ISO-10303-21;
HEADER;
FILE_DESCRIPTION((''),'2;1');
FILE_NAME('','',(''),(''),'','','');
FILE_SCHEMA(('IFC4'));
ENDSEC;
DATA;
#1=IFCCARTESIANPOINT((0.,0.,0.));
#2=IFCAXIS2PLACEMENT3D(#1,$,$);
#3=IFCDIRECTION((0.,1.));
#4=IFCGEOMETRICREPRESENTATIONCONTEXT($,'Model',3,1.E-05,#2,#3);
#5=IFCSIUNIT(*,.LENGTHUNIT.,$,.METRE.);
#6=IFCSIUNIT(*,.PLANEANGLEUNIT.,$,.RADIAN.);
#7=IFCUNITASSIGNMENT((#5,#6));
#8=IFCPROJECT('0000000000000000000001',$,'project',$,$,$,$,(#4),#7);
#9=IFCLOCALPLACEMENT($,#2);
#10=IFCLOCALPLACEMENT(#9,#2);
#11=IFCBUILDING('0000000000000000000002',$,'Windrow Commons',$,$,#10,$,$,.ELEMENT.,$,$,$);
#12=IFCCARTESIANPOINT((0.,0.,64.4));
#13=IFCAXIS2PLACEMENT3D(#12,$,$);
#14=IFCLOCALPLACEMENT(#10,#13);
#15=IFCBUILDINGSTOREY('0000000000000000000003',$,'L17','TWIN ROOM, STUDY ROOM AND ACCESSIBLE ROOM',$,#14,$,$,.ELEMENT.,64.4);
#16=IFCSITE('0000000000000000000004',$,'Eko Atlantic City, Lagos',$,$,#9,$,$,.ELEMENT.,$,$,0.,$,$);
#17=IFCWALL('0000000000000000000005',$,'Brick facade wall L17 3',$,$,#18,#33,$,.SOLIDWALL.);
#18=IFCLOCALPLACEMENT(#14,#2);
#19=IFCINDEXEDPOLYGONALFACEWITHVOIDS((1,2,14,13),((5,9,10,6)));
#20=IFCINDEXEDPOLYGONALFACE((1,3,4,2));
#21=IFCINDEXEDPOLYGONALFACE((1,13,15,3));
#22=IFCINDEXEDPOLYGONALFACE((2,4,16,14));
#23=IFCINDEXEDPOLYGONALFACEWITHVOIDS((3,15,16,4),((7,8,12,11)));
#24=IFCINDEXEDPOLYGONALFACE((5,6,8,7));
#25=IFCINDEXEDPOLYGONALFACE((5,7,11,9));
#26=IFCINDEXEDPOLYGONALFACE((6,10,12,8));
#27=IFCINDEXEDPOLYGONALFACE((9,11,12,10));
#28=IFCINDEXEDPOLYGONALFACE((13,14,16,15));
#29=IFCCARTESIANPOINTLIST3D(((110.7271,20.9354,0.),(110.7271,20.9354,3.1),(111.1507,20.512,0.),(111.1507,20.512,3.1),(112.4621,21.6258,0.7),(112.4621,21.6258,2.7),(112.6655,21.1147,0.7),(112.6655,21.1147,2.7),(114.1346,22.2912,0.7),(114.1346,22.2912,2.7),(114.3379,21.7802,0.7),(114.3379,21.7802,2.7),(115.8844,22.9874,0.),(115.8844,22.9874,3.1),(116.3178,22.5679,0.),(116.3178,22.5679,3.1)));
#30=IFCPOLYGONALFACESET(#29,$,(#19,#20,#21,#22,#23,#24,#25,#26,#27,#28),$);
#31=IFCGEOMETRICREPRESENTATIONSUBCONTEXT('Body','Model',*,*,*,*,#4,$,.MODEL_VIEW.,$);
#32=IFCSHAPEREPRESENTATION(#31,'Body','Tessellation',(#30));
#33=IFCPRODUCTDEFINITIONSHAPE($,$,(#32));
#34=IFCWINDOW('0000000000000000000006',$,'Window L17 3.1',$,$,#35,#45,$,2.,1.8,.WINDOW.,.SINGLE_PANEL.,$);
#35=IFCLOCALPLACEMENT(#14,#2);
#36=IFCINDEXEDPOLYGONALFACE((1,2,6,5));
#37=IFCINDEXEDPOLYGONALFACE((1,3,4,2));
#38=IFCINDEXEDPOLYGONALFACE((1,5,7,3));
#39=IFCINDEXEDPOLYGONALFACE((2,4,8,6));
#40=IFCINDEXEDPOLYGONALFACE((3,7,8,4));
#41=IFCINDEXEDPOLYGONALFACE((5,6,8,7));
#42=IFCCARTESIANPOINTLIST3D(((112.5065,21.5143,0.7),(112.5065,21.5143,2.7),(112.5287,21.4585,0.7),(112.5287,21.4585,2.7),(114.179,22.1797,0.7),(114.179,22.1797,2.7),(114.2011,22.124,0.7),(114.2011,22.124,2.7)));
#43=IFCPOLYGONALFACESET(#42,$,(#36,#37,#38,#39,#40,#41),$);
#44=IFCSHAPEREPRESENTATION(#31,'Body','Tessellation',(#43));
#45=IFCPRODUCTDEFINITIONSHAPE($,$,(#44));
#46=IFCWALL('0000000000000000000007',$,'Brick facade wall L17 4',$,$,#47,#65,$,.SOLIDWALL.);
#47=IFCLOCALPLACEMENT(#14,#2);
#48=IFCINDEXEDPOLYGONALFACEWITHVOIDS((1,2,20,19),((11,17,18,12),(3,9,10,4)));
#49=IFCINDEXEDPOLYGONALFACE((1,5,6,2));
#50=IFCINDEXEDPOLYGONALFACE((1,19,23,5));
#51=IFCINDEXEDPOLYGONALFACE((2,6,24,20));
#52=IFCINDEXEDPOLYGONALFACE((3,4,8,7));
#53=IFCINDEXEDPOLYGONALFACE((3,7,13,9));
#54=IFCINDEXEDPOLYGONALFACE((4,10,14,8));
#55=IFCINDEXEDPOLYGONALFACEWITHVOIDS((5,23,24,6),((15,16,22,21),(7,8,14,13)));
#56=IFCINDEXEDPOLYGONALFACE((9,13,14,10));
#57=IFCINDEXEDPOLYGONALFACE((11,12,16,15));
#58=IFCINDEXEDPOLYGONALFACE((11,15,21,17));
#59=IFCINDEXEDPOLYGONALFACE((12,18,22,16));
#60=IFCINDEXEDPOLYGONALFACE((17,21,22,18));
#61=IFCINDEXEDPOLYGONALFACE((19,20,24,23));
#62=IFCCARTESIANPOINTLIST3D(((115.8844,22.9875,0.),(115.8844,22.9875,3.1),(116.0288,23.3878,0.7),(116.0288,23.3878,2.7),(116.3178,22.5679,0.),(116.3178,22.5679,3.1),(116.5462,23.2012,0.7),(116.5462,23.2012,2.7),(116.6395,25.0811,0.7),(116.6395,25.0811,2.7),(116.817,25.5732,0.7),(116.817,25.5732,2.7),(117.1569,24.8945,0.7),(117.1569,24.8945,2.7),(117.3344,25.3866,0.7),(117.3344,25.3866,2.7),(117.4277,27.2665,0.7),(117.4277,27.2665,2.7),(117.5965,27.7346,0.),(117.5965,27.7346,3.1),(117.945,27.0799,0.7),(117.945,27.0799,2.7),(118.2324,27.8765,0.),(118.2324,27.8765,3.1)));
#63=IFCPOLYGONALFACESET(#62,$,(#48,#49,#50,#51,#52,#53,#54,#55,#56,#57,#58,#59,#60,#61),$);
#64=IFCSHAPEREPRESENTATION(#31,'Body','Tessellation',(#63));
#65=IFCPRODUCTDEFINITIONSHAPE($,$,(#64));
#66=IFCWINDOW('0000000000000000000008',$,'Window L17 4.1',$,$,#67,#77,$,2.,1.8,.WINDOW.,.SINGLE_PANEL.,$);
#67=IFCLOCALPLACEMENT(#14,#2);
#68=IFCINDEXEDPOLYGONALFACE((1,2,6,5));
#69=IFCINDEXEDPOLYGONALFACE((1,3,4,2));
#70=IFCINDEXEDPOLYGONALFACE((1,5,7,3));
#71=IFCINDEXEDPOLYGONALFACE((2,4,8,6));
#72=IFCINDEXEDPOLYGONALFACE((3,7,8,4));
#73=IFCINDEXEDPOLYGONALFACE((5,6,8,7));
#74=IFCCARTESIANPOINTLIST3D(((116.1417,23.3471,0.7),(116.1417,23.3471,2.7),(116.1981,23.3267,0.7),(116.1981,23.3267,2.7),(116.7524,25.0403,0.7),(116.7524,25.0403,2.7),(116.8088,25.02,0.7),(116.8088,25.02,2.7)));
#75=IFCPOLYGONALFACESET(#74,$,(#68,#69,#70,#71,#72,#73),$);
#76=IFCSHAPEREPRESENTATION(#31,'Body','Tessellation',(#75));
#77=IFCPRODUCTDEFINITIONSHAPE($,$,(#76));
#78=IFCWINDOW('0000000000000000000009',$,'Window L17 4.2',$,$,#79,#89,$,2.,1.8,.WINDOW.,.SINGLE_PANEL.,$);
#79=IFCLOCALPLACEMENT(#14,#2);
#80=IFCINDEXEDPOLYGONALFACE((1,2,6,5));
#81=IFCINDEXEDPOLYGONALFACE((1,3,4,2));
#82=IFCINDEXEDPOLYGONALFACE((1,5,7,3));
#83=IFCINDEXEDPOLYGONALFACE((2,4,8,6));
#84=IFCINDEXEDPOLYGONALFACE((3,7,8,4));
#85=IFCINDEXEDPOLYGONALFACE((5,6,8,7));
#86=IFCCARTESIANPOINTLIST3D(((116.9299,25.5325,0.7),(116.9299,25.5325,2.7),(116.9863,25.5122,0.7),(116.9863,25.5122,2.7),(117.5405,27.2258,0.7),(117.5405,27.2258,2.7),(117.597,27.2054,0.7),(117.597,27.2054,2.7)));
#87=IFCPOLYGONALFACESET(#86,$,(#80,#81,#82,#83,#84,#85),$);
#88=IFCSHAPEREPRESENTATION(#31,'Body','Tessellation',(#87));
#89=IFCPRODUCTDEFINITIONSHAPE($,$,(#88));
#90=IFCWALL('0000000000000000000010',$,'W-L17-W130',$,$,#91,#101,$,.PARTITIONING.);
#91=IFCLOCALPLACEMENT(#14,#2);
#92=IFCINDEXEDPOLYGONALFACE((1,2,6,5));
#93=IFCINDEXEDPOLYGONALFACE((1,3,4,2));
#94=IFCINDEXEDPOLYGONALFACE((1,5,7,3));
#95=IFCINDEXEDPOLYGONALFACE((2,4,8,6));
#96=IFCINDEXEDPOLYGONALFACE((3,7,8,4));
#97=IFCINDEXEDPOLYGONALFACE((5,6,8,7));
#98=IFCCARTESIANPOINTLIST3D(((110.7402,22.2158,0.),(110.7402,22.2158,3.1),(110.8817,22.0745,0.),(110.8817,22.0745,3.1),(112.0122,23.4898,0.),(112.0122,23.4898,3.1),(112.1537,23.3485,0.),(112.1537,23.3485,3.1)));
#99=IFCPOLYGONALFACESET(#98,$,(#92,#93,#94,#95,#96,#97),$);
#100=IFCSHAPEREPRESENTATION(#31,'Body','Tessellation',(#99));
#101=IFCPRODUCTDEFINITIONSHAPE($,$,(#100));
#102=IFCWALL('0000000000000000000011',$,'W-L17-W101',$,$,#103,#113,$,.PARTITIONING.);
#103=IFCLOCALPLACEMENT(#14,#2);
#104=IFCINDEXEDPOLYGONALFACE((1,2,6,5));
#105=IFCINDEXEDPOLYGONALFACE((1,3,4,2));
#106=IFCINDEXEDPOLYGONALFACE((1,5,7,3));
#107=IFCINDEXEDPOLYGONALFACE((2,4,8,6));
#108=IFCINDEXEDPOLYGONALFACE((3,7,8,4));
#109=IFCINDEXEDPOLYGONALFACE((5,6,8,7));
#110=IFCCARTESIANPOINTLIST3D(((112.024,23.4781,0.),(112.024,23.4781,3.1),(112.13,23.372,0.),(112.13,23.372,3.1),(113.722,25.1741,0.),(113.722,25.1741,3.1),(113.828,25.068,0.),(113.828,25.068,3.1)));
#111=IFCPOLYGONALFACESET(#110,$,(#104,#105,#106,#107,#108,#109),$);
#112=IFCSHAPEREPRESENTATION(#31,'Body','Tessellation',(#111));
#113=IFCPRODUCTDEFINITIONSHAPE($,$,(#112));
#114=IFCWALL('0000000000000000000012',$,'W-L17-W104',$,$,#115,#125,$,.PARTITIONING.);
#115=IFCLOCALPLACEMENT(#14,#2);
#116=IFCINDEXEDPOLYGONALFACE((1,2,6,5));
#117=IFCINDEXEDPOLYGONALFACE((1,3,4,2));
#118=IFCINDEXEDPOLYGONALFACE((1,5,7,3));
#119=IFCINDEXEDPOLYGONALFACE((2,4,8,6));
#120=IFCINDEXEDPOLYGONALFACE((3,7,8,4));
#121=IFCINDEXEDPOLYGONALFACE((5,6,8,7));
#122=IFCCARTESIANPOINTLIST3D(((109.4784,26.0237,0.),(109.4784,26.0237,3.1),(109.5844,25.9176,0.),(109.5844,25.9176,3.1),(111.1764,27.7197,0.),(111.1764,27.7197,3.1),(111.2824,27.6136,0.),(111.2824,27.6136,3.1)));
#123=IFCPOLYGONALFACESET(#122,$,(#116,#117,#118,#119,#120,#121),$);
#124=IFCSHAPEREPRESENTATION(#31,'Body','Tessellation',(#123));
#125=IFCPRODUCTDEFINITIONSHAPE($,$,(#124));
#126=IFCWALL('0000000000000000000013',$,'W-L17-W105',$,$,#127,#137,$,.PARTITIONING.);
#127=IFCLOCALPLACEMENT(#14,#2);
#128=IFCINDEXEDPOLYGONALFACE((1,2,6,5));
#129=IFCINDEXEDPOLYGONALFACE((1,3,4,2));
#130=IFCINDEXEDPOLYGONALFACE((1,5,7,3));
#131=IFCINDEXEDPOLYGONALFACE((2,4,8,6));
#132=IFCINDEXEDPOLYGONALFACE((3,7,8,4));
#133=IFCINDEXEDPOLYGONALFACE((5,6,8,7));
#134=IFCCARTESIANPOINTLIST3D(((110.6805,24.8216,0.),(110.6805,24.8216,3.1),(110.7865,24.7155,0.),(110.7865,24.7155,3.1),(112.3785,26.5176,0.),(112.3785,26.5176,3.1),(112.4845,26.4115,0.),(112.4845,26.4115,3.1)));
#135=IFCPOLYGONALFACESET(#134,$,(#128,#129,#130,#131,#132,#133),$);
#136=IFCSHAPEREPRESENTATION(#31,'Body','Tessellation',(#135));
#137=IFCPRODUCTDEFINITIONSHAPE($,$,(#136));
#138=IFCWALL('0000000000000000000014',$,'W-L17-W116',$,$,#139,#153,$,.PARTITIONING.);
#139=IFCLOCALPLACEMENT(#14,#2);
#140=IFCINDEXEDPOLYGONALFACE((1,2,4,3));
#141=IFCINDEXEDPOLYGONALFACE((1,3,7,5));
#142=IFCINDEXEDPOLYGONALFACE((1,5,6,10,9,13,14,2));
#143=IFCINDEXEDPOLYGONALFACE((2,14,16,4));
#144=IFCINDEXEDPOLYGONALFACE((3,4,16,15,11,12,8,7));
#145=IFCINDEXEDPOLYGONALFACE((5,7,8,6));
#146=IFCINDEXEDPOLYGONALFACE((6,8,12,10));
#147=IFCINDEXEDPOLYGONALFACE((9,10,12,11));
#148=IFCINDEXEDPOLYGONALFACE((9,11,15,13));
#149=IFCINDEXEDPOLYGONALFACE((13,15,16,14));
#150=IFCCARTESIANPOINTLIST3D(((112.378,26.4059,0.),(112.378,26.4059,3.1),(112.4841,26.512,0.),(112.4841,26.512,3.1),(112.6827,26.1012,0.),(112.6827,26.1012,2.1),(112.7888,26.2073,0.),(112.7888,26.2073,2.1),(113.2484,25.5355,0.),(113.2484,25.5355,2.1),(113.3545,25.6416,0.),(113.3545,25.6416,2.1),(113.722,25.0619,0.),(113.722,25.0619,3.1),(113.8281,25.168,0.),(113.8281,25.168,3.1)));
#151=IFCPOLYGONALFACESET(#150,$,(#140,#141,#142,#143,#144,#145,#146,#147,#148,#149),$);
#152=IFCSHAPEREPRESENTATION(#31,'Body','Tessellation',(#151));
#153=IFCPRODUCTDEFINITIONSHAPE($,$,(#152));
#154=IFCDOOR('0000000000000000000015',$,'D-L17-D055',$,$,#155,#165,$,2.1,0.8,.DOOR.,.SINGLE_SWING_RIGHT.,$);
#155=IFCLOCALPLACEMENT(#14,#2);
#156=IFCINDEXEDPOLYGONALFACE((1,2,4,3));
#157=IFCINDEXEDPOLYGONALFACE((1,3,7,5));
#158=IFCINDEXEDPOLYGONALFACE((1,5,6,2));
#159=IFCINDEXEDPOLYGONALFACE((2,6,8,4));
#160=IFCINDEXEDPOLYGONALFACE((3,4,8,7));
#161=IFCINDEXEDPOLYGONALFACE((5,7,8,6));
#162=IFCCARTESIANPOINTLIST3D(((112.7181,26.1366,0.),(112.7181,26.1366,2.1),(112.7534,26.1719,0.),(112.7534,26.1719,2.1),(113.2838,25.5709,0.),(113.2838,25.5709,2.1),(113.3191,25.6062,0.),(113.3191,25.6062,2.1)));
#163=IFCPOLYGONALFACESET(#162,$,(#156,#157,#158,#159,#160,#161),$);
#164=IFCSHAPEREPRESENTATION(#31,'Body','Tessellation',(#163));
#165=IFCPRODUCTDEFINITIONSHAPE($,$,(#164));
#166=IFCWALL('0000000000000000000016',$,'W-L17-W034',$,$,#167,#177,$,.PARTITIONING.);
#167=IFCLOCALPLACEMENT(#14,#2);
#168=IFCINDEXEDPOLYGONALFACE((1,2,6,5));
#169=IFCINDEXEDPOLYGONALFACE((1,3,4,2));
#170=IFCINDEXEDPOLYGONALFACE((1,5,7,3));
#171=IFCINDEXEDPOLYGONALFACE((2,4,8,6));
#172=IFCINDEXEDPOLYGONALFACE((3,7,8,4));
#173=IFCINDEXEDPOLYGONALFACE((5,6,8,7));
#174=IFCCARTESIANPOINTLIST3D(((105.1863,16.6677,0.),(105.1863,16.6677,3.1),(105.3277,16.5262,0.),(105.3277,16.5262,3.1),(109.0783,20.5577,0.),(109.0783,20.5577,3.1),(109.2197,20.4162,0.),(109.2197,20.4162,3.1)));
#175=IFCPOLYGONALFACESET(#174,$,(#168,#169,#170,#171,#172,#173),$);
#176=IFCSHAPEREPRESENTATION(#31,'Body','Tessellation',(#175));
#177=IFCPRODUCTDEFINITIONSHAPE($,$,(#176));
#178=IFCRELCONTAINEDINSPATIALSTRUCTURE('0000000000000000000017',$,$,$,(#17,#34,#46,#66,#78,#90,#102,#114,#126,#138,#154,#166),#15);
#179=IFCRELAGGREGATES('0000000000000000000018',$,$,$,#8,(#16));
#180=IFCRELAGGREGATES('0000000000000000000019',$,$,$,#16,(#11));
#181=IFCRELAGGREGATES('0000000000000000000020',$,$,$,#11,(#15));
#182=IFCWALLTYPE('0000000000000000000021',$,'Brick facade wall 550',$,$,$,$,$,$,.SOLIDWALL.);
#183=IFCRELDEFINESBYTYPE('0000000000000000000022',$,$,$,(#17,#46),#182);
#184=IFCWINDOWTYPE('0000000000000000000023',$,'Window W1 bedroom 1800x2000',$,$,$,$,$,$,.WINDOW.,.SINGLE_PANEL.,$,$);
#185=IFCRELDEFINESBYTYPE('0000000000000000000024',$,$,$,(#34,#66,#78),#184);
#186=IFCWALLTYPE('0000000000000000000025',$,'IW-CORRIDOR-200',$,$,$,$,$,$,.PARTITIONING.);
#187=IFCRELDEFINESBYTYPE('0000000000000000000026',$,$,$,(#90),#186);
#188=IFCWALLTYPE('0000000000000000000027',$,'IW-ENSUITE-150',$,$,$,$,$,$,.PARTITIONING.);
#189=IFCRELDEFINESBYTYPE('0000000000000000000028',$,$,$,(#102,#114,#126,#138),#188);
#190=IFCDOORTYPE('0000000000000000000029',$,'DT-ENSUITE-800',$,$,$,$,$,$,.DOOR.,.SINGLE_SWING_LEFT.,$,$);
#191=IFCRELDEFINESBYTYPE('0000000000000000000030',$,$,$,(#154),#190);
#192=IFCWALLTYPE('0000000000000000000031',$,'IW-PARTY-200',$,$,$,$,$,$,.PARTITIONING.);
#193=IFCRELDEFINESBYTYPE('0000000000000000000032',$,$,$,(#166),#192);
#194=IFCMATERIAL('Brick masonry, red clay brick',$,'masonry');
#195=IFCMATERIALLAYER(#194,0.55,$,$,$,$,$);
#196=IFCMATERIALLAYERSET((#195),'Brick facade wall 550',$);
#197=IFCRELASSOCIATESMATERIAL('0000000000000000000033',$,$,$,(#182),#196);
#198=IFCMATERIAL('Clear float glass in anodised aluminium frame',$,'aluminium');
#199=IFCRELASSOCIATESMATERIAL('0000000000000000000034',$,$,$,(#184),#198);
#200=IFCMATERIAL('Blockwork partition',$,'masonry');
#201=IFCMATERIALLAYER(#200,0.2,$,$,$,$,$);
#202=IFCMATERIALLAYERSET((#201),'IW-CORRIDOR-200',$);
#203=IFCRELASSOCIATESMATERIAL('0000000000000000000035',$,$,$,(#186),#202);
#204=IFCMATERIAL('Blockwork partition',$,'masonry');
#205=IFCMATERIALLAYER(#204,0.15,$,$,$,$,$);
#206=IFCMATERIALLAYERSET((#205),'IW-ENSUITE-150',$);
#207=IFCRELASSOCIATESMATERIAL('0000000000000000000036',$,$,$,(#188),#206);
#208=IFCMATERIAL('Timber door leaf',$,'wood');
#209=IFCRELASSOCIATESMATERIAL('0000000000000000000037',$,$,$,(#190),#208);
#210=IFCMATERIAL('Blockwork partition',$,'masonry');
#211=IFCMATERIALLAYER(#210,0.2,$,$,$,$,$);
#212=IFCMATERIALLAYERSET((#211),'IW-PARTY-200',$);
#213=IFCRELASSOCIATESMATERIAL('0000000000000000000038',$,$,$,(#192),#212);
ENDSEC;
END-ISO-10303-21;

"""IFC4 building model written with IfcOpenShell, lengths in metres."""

from ifc_helpers import new_model, si_unit, direction, frame, frame_2d, origin, place, context, subcontext, project, spatial, polyline, rectangle, outline, extrude, material, layer, layer_set, type_object, element, fill, save


model = new_model("IFC4")

# Units and contexts
model_context = context("Model", 3, precision=1e-05, world=origin(), true_north=direction((0.0, 1.0)))
body_context = subcontext(model_context, "Body", "Model", "MODEL_VIEW")
ifc_project = project(units=[si_unit("LENGTHUNIT", "METRE"), si_unit("PLANEANGLEUNIT", "RADIAN")], contexts=[model_context])

# Site, building, storey
site_placement = place(None, origin())
site = spatial("IfcSite", under=ifc_project, at=site_placement, Name="Eko Atlantic City, Lagos", CompositionType="ELEMENT", RefElevation=0.0)
building_placement = place(site_placement, origin())
building = spatial("IfcBuilding", under=site, at=building_placement, Name="Windrow Commons", CompositionType="ELEMENT")
storey_placement = place(building_placement, frame((0.0, 0.0, 64.4)))
storey = spatial("IfcBuildingStorey", under=building, at=storey_placement, Name="L17", Description="TWIN ROOM, STUDY ROOM AND ACCESSIBLE ROOM", CompositionType="ELEMENT", Elevation=64.4)

# Shared definitions
ifc_material_1 = material(Name="Brick masonry, red clay brick", Category="masonry")
ifc_layer_1 = layer(ifc_material_1, 0.55)
ifc_layer_set_1 = layer_set([ifc_layer_1], Name="Brick facade wall 550")
wall_type_1 = type_object("IfcWallType", Name="Brick facade wall 550", PredefinedType="SOLIDWALL", material=ifc_layer_set_1)

# Wall, opening, window
wall_1_placement = place(storey_placement, frame((110.9389, 20.7237, 0.0), z_axis=(0.0, 0.0, 1.0), x_axis=(0.92915, 0.369702, 0.0)))
wall_1 = element("IfcWall", 1, at=wall_1_placement, inside=storey, type_object=wall_type_1, Name="Brick facade wall L17 3", PredefinedType="SOLIDWALL", context=body_context, shape_type="SweptSolid", body=[
    extrude(outline(polyline([(0.1185, -0.275), (5.6796, -0.275), (5.432, 0.275), (-0.1185, 0.275), (0.1185, -0.275)])), origin(), (0.0, 0.0, 1.0), 3.1),
])
opening_1_placement = place(wall_1_placement, frame((1.7488, 0.0, 0.7)))
opening_1 = element("IfcOpeningElement", 2, at=opening_1_placement, cuts=wall_1, PredefinedType="OPENING", context=body_context, shape_type="SweptSolid", body=[
    extrude(rectangle(XDim=1.8, YDim=2.0, at=frame_2d((0.9, 1.0))), frame((0.0, 0.285, 0.0), z_axis=(0.0, -1.0, 0.0), x_axis=(1.0, 0.0, 0.0)), (0.0, 0.0, 1.0), 0.57),
])
ifc_material_2 = material(Name="Clear float glass in anodised aluminium frame", Category="aluminium")
window_type_1 = type_object("IfcWindowType", Name="Window W1 bedroom 1800x2000", PartitioningType="SINGLE_PANEL", PredefinedType="WINDOW", material=ifc_material_2)
window_1_placement = place(opening_1_placement, origin())
window_1 = element("IfcWindow", 3, at=window_1_placement, inside=storey, type_object=window_type_1, Name="Window L17 3.1", OverallHeight=2.0, OverallWidth=1.8, PartitioningType="SINGLE_PANEL", PredefinedType="WINDOW", context=body_context, shape_type="SweptSolid", body=[
    extrude(rectangle(XDim=1.8, YDim=2.0, at=frame_2d((0.9, 1.0))), frame((0.0, 0.155, 0.0), z_axis=(0.0, -1.0, 0.0), x_axis=(1.0, 0.0, 0.0)), (0.0, 0.0, 1.0), 0.06),
])
fill(opening_1, window_1)

# Wall, openings, windows
wall_2_placement = place(storey_placement, frame((116.1011, 22.7777, 0.0), z_axis=(0.0, 0.0, 1.0), x_axis=(0.339265, 0.940691, 0.0)))
wall_2 = element("IfcWall", 4, at=wall_2_placement, inside=storey, type_object=wall_type_1, Name="Brick facade wall L17 4", PredefinedType="SOLIDWALL", context=body_context, shape_type="SweptSolid", body=[
    extrude(outline(polyline([(-0.1238, -0.275), (5.5195, -0.275), (5.1702, 0.275), (0.1238, 0.275), (-0.1238, -0.275)])), origin(), (0.0, 0.0, 1.0), 3.1),
])
opening_2_placement = place(wall_2_placement, frame((0.5494, 0.0, 0.7)))
opening_2 = element("IfcOpeningElement", 5, at=opening_2_placement, cuts=wall_2, PredefinedType="OPENING", context=body_context, shape_type="SweptSolid", body=[
    extrude(rectangle(XDim=1.8, YDim=2.0, at=frame_2d((0.9, 1.0))), frame((0.0, 0.285, 0.0), z_axis=(0.0, -1.0, 0.0), x_axis=(1.0, 0.0, 0.0)), (0.0, 0.0, 1.0), 0.57),
])
opening_3_placement = place(wall_2_placement, frame((2.8726, 0.0, 0.7)))
opening_3 = element("IfcOpeningElement", 6, at=opening_3_placement, cuts=wall_2, PredefinedType="OPENING", context=body_context, shape_type="SweptSolid", body=[
    extrude(rectangle(XDim=1.8, YDim=2.0, at=frame_2d((0.9, 1.0))), frame((0.0, 0.285, 0.0), z_axis=(0.0, -1.0, 0.0), x_axis=(1.0, 0.0, 0.0)), (0.0, 0.0, 1.0), 0.57),
])
window_2_placement = place(opening_2_placement, origin())
window_2 = element("IfcWindow", 7, at=window_2_placement, inside=storey, type_object=window_type_1, Name="Window L17 4.1", OverallHeight=2.0, OverallWidth=1.8, PartitioningType="SINGLE_PANEL", PredefinedType="WINDOW", context=body_context, shape_type="SweptSolid", body=[
    extrude(rectangle(XDim=1.8, YDim=2.0, at=frame_2d((0.9, 1.0))), frame((0.0, 0.155, 0.0), z_axis=(0.0, -1.0, 0.0), x_axis=(1.0, 0.0, 0.0)), (0.0, 0.0, 1.0), 0.06),
])
fill(opening_2, window_2)
window_3_placement = place(opening_3_placement, origin())
window_3 = element("IfcWindow", 8, at=window_3_placement, inside=storey, type_object=window_type_1, Name="Window L17 4.2", OverallHeight=2.0, OverallWidth=1.8, PartitioningType="SINGLE_PANEL", PredefinedType="WINDOW", context=body_context, shape_type="SweptSolid", body=[
    extrude(rectangle(XDim=1.8, YDim=2.0, at=frame_2d((0.9, 1.0))), frame((0.0, 0.155, 0.0), z_axis=(0.0, -1.0, 0.0), x_axis=(1.0, 0.0, 0.0)), (0.0, 0.0, 1.0), 0.06),
])
fill(opening_3, window_3)

# Walls
ifc_material_3 = material(Name="Blockwork partition", Category="masonry")
ifc_layer_2 = layer(ifc_material_3, 0.2)
ifc_layer_set_2 = layer_set([ifc_layer_2], Name="IW-CORRIDOR-200")
wall_type_2 = type_object("IfcWallType", Name="IW-CORRIDOR-200", PredefinedType="PARTITIONING", material=ifc_layer_set_2)
wall_3_placement = place(storey_placement, frame((110.8109, 22.1451, 0.0), z_axis=(0.0, 0.0, 1.0), x_axis=(0.706551, 0.707662, 0.0)))
element("IfcWall", 9, at=wall_3_placement, inside=storey, type_object=wall_type_2, Name="W-L17-W130", PredefinedType="PARTITIONING", context=body_context, shape_type="SweptSolid", body=[
    extrude(rectangle(XDim=1.8003, YDim=0.2, at=frame_2d((0.9002, 0.0))), origin(), (0.0, 0.0, 1.0), 3.1),
])
ifc_material_4 = material(Name="Blockwork partition", Category="masonry")
ifc_layer_3 = layer(ifc_material_4, 0.15)
ifc_layer_set_3 = layer_set([ifc_layer_3], Name="IW-ENSUITE-150")
wall_type_3 = type_object("IfcWallType", Name="IW-ENSUITE-150", PredefinedType="PARTITIONING", material=ifc_layer_set_3)
for number, where, z_axis, x_axis, name in (
    (10, (112.077, 23.425, 0.0), (0.0, 0.0, 1.0), (0.707523, 0.70669, 0.0), "W-L17-W101"),
    (11, (109.5314, 25.9706, 0.0), (0.0, 0.0, 1.0), (0.707523, 0.70669, 0.0), "W-L17-W104"),
    (12, (110.7335, 24.7685, 0.0), (0.0, 0.0, 1.0), (0.707523, 0.70669, 0.0), "W-L17-W105"),
):
    element("IfcWall", number, at=place(storey_placement, frame(where, z_axis=z_axis, x_axis=x_axis)), inside=storey, type_object=wall_type_3, Name=name, PredefinedType="PARTITIONING", context=body_context, shape_type="SweptSolid", body=[
        extrude(rectangle(XDim=2.3999, YDim=0.15, at=frame_2d((1.2, 0.0))), origin(), (0.0, 0.0, 1.0), 3.1),
    ])

# Wall, opening, door
wall_4_placement = place(storey_placement, frame((112.431, 26.459, 0.0), z_axis=(0.0, 0.0, 1.0), x_axis=(0.707107, -0.707107, 0.0)))
wall_4 = element("IfcWall", 13, at=wall_4_placement, inside=storey, type_object=wall_type_3, Name="W-L17-W116", PredefinedType="PARTITIONING", context=body_context, shape_type="SweptSolid", body=[
    extrude(rectangle(XDim=1.9007, YDim=0.15, at=frame_2d((0.9504, 0.0))), origin(), (0.0, 0.0, 1.0), 3.1),
])
opening_4_placement = place(wall_4_placement, frame((0.431, 0.0, 0.0)))
opening_4 = element("IfcOpeningElement", 14, at=opening_4_placement, cuts=wall_4, PredefinedType="OPENING", context=body_context, shape_type="SweptSolid", body=[
    extrude(rectangle(XDim=0.8, YDim=2.1, at=frame_2d((0.4, 1.05))), frame((0.0, 0.085, 0.0), z_axis=(0.0, -1.0, 0.0), x_axis=(1.0, 0.0, 0.0)), (0.0, 0.0, 1.0), 0.17),
])
ifc_material_5 = material(Name="Timber door leaf", Category="wood")
door_type = type_object("IfcDoorType", Name="DT-ENSUITE-800", OperationType="SINGLE_SWING_LEFT", PredefinedType="DOOR", material=ifc_material_5)
door_placement = place(opening_4_placement, origin())
door = element("IfcDoor", 15, at=door_placement, inside=storey, type_object=door_type, Name="D-L17-D055", OperationType="SINGLE_SWING_RIGHT", OverallHeight=2.1, OverallWidth=0.8, PredefinedType="DOOR", context=body_context, shape_type="SweptSolid", body=[
    extrude(rectangle(XDim=0.8, YDim=2.1, at=frame_2d((0.4, 1.05))), frame((0.0, 0.025, 0.0), z_axis=(0.0, -1.0, 0.0), x_axis=(1.0, 0.0, 0.0)), (0.0, 0.0, 1.0), 0.05),
])
fill(opening_4, door)

# Wall
ifc_material_6 = material(Name="Blockwork partition", Category="masonry")
ifc_layer_4 = layer(ifc_material_6, 0.2)
ifc_layer_set_4 = layer_set([ifc_layer_4], Name="IW-PARTY-200")
wall_type_4 = type_object("IfcWallType", Name="IW-PARTY-200", PredefinedType="PARTITIONING", material=ifc_layer_set_4)
wall_5_placement = place(storey_placement, frame((105.257, 16.597, 0.0), z_axis=(0.0, 0.0, 1.0), x_axis=(0.707288, 0.706925, 0.0)))
element("IfcWall", 16, at=wall_5_placement, inside=storey, type_object=wall_type_4, Name="W-L17-W034", PredefinedType="PARTITIONING", context=body_context, shape_type="SweptSolid", body=[
    extrude(rectangle(XDim=5.5027, YDim=0.2, at=frame_2d((2.7513, 0.0))), origin(), (0.0, 0.0, 1.0), 3.1),
])

save(model, "model.ifc")
